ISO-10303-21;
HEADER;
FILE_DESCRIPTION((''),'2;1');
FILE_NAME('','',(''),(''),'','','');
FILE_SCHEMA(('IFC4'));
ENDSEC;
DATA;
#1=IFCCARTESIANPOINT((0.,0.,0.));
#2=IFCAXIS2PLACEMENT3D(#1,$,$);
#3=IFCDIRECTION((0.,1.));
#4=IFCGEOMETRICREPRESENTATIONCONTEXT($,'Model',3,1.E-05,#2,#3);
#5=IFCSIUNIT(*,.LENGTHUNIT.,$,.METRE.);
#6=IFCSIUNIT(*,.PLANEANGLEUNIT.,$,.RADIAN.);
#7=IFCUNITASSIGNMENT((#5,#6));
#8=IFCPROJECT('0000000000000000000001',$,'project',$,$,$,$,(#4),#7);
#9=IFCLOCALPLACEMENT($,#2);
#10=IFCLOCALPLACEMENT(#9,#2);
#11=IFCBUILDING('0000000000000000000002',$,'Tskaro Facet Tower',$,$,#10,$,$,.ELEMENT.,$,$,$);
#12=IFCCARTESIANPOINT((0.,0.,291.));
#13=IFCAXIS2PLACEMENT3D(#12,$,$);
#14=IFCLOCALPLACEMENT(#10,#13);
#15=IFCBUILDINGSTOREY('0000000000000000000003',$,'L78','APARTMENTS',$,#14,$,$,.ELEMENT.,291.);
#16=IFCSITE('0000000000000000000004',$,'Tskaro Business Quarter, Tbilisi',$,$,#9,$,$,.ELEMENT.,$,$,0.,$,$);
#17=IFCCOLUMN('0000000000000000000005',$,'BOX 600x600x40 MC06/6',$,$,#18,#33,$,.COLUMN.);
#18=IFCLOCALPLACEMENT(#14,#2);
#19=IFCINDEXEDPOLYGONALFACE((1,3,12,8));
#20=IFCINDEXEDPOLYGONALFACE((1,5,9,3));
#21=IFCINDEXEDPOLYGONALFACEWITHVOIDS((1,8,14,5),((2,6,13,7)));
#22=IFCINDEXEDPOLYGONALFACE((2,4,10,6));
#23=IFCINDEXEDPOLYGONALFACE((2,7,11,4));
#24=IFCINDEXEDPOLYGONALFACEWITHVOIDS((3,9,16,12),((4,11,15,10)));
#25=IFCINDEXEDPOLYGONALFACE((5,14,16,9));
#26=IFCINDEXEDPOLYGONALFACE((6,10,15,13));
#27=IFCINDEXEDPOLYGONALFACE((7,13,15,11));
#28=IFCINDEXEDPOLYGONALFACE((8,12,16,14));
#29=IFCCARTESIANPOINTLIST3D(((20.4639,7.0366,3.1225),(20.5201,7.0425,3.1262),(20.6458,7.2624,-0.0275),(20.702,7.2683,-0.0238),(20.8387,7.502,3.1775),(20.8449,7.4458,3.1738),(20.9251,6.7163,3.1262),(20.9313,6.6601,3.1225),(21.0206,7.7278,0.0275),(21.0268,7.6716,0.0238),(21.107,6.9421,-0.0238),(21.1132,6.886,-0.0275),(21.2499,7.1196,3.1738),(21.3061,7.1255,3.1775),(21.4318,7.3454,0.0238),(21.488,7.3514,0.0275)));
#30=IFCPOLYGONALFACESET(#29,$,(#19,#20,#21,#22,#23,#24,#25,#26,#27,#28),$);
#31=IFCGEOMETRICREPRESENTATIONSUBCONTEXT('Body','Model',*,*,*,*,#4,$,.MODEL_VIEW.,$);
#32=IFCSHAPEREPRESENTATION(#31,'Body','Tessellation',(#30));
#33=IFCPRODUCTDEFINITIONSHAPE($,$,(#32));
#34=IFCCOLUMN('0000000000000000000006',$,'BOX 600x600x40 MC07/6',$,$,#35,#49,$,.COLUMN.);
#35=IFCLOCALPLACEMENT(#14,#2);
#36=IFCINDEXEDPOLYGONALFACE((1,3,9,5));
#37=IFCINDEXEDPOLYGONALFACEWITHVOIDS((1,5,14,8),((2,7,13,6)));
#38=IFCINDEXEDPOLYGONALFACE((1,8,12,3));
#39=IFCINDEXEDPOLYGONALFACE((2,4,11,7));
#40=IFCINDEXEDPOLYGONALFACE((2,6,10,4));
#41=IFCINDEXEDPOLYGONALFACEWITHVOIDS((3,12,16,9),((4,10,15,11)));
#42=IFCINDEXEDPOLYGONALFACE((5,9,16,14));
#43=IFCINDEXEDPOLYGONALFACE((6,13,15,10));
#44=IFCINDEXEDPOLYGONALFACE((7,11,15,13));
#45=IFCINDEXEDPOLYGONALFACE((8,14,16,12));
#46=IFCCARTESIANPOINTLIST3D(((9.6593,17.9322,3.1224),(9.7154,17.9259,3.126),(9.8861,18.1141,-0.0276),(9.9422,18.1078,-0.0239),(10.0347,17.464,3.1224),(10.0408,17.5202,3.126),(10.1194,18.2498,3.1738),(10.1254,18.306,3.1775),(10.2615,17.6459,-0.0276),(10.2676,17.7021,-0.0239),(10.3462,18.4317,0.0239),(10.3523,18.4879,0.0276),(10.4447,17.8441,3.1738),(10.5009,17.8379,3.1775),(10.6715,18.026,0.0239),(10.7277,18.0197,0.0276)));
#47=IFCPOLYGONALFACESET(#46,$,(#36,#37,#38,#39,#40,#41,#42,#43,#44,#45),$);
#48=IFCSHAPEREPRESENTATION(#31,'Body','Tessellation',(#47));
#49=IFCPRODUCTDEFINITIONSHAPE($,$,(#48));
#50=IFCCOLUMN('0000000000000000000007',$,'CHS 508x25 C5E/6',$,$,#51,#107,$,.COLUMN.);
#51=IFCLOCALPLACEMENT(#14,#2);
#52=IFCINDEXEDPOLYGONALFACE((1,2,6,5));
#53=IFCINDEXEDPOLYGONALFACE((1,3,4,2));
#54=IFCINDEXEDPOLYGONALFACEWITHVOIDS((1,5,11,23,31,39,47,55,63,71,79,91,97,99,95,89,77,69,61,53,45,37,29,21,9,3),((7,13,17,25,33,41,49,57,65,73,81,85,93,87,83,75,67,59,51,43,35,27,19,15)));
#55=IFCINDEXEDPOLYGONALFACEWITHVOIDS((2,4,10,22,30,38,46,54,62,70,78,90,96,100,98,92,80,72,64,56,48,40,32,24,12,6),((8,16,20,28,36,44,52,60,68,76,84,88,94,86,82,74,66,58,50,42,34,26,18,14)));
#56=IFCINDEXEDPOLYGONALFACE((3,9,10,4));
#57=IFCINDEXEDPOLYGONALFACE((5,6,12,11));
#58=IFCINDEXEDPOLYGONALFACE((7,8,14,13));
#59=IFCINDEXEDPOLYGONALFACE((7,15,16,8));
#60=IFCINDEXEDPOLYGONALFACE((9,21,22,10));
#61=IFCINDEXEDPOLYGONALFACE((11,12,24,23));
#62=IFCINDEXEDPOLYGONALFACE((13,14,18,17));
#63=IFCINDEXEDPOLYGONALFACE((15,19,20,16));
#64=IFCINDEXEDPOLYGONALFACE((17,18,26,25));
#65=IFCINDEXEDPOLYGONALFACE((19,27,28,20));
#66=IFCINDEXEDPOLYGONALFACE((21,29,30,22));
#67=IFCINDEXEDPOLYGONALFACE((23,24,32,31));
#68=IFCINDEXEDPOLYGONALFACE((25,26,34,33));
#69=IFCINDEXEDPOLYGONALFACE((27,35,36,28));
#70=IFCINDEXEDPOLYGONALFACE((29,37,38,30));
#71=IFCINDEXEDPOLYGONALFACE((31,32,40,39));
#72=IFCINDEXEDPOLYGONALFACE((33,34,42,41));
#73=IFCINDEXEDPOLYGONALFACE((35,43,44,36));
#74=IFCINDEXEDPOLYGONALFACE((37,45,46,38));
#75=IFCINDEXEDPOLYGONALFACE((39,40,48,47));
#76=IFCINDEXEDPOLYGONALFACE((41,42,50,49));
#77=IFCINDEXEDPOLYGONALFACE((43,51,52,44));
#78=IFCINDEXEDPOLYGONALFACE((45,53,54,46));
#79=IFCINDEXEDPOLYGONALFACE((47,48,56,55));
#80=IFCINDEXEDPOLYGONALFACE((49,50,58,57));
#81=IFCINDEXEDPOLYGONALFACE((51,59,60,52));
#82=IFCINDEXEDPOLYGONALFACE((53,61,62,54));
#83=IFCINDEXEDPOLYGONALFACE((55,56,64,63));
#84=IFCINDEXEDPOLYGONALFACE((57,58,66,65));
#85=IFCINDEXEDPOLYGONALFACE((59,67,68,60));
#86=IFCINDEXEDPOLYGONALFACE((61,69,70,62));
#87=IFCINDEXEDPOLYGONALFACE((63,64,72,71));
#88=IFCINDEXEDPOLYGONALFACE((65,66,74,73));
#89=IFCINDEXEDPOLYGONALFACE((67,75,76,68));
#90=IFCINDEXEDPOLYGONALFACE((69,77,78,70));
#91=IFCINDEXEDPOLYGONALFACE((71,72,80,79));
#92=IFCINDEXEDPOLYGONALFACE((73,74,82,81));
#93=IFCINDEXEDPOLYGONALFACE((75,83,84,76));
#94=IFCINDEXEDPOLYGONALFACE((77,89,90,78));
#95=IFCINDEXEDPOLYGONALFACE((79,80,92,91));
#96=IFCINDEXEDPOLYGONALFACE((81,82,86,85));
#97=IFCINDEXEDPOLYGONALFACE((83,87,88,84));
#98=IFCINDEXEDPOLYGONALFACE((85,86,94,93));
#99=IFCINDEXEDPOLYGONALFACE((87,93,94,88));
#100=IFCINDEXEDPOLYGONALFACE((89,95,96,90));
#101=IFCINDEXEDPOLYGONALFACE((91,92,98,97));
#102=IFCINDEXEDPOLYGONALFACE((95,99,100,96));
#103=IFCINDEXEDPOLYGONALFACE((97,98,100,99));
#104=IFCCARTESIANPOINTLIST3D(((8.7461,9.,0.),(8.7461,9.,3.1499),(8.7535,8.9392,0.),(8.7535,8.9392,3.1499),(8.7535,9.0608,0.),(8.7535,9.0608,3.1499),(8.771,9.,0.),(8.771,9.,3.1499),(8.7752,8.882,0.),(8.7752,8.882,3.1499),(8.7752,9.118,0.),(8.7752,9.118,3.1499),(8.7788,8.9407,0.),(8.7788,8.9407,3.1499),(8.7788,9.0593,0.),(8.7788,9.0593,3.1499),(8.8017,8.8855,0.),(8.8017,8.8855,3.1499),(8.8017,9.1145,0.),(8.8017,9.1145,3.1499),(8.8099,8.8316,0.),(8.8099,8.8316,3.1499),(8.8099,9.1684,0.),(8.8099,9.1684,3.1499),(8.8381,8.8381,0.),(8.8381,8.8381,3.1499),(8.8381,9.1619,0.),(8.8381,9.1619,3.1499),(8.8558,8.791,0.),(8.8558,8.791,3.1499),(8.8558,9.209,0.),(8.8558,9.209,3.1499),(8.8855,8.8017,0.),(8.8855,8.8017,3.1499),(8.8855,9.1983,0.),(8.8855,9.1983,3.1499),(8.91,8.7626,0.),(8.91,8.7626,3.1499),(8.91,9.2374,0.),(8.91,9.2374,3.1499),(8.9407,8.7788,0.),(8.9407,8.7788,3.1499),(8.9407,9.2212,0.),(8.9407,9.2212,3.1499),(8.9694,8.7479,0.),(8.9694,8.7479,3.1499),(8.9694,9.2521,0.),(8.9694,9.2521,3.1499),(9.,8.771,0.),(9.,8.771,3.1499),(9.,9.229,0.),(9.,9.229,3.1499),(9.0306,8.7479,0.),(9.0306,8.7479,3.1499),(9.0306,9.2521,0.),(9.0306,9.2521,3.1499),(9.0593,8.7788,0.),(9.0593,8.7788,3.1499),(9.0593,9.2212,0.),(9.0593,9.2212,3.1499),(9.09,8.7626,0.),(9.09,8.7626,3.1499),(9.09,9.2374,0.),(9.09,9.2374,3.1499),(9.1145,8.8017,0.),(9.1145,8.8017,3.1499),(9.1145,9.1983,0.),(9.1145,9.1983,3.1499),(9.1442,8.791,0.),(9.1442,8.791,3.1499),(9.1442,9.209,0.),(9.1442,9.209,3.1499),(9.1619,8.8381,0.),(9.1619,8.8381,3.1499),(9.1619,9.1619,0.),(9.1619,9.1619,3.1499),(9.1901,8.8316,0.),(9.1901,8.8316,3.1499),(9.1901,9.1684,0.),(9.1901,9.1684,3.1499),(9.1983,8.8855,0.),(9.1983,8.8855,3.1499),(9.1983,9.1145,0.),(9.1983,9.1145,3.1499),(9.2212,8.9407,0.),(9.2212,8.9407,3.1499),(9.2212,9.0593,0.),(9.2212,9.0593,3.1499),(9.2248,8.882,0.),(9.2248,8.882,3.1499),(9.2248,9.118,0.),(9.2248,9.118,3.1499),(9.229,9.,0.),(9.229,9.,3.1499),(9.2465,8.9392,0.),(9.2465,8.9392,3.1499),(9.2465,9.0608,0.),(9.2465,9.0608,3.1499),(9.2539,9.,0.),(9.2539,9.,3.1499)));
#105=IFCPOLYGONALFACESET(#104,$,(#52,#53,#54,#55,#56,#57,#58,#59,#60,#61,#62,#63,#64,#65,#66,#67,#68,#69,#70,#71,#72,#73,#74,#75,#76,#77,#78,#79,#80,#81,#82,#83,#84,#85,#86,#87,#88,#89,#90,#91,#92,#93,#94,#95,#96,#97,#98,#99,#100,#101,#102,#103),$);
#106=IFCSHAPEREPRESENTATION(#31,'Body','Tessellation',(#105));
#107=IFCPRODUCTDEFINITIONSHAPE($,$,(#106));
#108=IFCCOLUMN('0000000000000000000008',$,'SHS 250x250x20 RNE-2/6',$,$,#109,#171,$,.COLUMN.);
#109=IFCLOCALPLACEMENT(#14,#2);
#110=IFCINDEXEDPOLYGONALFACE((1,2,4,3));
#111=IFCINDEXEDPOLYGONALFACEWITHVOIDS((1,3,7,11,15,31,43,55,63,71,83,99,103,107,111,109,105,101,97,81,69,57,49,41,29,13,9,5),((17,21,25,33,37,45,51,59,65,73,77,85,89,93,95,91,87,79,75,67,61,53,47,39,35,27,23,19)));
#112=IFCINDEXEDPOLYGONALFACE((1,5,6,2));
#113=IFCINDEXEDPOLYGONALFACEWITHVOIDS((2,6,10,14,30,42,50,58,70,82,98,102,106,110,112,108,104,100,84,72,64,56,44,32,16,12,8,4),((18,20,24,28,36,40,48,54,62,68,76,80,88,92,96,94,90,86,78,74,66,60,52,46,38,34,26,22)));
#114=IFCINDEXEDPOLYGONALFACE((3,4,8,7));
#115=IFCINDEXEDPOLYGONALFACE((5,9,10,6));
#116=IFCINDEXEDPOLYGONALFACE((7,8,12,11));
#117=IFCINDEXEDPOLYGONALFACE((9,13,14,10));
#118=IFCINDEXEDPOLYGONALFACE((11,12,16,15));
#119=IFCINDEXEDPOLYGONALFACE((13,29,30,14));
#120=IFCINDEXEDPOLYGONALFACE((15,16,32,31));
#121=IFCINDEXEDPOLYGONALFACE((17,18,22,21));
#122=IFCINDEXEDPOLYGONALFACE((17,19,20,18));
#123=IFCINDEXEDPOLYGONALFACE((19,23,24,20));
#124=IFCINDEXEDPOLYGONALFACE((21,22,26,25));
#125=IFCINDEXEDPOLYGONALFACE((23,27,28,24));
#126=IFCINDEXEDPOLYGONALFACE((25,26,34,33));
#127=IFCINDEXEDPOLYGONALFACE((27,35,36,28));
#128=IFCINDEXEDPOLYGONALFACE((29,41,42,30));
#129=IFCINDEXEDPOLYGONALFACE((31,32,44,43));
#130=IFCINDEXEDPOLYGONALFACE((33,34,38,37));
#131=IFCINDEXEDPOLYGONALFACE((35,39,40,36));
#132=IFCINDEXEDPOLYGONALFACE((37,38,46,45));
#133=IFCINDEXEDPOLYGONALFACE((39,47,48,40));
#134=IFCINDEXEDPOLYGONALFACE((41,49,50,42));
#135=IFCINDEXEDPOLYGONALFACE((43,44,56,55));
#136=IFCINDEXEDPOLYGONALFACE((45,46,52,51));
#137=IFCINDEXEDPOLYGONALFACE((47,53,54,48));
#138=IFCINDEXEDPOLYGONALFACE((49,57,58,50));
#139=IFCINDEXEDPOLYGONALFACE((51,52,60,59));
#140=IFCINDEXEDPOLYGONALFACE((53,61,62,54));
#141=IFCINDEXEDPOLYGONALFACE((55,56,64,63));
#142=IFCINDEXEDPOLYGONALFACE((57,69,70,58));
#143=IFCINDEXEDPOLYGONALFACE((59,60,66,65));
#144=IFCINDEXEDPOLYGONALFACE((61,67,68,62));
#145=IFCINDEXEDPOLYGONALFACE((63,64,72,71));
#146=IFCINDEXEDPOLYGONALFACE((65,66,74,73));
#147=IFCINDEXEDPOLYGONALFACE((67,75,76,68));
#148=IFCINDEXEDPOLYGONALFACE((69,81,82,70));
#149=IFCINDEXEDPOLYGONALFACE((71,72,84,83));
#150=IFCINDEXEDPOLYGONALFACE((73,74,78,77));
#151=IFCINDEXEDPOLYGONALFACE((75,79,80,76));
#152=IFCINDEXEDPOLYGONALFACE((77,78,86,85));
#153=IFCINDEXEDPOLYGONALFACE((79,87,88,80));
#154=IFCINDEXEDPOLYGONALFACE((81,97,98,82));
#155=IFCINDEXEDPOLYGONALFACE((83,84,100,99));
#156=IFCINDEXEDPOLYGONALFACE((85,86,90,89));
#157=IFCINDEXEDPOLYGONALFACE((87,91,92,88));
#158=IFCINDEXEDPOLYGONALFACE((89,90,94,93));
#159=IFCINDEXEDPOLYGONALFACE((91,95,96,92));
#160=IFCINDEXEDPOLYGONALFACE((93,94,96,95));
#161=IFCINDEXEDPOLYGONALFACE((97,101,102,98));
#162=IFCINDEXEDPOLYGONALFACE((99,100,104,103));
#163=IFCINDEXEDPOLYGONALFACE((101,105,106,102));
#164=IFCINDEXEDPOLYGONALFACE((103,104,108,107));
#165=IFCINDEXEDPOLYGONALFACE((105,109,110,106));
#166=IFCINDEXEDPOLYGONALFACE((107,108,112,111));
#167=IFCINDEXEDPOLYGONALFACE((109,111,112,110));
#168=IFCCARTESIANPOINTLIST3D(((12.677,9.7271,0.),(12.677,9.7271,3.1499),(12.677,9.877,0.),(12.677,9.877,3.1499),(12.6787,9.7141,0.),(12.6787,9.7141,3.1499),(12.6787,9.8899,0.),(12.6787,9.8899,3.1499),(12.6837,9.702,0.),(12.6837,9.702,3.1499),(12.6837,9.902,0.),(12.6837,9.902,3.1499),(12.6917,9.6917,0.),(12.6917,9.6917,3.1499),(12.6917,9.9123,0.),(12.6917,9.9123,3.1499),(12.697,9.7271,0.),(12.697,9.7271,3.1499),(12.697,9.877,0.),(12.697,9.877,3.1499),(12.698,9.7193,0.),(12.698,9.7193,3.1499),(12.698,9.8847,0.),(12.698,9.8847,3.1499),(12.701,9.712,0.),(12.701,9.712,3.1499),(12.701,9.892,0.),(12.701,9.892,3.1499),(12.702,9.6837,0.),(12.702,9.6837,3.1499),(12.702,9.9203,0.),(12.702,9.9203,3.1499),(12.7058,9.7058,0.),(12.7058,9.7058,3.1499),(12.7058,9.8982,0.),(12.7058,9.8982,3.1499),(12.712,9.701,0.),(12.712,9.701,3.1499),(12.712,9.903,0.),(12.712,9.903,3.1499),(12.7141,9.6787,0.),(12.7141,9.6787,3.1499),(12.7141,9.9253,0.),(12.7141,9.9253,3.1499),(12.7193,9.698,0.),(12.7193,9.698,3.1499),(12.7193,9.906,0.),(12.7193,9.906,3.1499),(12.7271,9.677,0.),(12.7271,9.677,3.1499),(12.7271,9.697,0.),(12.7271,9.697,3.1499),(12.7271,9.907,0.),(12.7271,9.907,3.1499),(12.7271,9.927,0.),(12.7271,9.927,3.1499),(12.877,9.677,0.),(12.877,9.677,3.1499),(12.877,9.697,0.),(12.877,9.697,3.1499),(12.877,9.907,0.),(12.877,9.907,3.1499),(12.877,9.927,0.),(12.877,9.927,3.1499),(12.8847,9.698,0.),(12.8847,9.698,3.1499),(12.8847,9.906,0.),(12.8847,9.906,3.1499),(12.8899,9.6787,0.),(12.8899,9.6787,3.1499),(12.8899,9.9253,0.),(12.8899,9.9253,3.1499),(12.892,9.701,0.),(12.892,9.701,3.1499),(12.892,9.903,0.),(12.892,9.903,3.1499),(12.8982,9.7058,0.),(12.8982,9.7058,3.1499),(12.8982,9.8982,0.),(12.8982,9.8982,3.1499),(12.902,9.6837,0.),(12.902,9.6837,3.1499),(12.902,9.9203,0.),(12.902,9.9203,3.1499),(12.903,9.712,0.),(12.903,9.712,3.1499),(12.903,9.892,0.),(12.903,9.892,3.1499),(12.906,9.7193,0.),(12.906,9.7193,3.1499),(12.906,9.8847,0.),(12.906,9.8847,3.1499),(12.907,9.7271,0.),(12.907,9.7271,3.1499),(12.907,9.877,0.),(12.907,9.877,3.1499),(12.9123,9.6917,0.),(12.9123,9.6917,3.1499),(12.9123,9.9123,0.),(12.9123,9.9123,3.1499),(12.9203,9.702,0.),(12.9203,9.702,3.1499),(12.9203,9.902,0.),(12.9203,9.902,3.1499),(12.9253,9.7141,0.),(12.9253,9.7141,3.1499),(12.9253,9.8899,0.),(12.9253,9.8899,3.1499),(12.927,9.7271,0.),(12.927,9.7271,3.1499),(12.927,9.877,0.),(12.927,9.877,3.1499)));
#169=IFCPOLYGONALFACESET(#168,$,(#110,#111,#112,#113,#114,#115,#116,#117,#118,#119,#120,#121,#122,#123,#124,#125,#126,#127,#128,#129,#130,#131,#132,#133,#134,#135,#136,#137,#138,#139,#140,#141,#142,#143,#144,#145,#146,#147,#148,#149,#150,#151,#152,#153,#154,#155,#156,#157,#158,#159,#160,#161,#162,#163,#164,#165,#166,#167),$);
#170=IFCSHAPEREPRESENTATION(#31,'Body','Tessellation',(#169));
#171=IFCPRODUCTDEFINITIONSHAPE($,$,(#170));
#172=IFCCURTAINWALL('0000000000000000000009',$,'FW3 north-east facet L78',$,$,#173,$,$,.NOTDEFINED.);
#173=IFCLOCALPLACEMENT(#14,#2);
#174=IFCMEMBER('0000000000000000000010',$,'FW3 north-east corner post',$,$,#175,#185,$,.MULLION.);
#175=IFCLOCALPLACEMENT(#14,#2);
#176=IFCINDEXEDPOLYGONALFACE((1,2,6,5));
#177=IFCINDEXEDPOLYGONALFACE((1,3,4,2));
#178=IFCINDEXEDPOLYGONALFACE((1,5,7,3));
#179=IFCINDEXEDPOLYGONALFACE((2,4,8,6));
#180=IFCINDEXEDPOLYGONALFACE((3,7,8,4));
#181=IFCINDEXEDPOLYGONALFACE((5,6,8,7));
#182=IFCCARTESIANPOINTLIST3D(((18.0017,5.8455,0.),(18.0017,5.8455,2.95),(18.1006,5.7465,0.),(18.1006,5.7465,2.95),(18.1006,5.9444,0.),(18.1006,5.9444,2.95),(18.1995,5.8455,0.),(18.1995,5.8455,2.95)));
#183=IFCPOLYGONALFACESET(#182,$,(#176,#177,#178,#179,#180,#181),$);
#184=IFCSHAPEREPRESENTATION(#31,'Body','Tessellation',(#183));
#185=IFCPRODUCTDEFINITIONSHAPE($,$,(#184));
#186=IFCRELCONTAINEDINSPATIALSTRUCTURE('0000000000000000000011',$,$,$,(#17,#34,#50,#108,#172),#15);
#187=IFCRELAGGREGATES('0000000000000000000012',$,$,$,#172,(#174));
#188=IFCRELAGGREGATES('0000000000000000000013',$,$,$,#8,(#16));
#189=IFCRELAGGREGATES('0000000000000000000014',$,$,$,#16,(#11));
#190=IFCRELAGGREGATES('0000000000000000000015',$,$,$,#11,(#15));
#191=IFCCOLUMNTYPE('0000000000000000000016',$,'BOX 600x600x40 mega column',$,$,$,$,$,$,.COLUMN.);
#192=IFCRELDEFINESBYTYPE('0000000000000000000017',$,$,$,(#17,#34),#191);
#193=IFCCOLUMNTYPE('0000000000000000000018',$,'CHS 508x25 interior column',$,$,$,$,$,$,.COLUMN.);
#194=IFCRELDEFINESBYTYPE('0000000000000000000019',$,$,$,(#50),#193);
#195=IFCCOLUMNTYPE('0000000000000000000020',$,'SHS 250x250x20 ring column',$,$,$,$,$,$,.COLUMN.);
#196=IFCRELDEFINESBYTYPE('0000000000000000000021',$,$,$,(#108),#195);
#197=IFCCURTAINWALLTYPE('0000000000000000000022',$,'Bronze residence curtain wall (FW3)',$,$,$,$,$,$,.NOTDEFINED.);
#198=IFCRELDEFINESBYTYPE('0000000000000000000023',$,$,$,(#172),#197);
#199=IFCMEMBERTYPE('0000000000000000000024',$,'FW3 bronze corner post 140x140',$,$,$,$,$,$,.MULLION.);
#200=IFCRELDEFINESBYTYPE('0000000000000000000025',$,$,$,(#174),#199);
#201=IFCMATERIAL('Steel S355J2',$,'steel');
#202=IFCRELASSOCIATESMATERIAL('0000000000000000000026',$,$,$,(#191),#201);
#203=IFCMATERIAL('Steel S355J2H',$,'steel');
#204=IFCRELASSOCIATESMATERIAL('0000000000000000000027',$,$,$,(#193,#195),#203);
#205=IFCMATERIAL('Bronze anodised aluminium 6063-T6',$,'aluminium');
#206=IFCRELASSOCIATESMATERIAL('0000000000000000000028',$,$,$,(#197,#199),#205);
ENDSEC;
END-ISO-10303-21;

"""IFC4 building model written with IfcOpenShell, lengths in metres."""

from ifc_helpers import new_model, si_unit, direction, frame, origin, origin_2d, place, context, subcontext, project, spatial, rectangle, hollow_rectangle, hollow_circle, extrude, material, material_profile, profile_set, type_object, element, aggregate, save


model = new_model("IFC4")

# Units and contexts
model_context = context("Model", 3, precision=1e-05, world=origin(), true_north=direction((0.0, 1.0)))
body_context = subcontext(model_context, "Body", "Model", "MODEL_VIEW")
ifc_project = project(units=[si_unit("LENGTHUNIT", "METRE"), si_unit("PLANEANGLEUNIT", "RADIAN")], contexts=[model_context])

# Site, building, storey
site_placement = place(None, origin())
site = spatial("IfcSite", under=ifc_project, at=site_placement, Name="Tskaro Business Quarter, Tbilisi", CompositionType="ELEMENT", RefElevation=0.0)
building_placement = place(site_placement, origin())
building = spatial("IfcBuilding", under=site, at=building_placement, Name="Tskaro Facet Tower", CompositionType="ELEMENT")
storey_placement = place(building_placement, frame((0.0, 0.0, 291.0)))
storey = spatial("IfcBuildingStorey", under=building, at=storey_placement, Name="L78", Description="APARTMENTS", CompositionType="ELEMENT", Elevation=291.0)

# Columns
ifc_material_1 = material(Name="Steel S355J2", Category="steel")
ifc_material_profile_1 = material_profile(ifc_material_1, hollow_rectangle(XDim=0.6001, YDim=0.6001, WallThickness=0.04, at=origin_2d()), Name="BOX 600x600x40")
ifc_profile_set_1 = profile_set([ifc_material_profile_1], Name="Steel S355J2")
column_type_1 = type_object("IfcColumnType", Name="BOX 600x600x40 mega column", PredefinedType="COLUMN", material=ifc_profile_set_1)
for number, where, z_axis, x_axis, name in (
    (1, (21.0669, 7.3069, 0.0), (-0.0575, -0.071392, 0.99579), (0.778811, -0.627259, 0.0), "BOX 600x600x40 MC06/6"),
    (2, (10.3069, 18.0669, 0.0), (-0.0717, -0.057499, 0.995768), (0.625616, -0.780131, 0.0), "BOX 600x600x40 MC07/6"),
):
    element("IfcColumn", number, at=place(storey_placement, frame(where, z_axis=z_axis, x_axis=x_axis)), inside=storey, type_object=column_type_1, Name=name, PredefinedType="COLUMN", context=body_context, shape_type="SweptSolid", body=[
        extrude(hollow_rectangle(XDim=0.6001, YDim=0.6001, WallThickness=0.04, at=origin_2d()), origin(), (0.0, 0.0, 1.0), 3.1633),
    ])
ifc_material_2 = material(Name="Steel S355J2H", Category="steel")
ifc_material_profile_2 = material_profile(ifc_material_2, hollow_circle(Radius=0.2539, WallThickness=0.0249, at=origin_2d()), Name="CHS 508x25")
ifc_profile_set_2 = profile_set([ifc_material_profile_2], Name="Steel S355J2H")
column_type_2 = type_object("IfcColumnType", Name="CHS 508x25 interior column", PredefinedType="COLUMN", material=ifc_profile_set_2)
column_1_placement = place(storey_placement, frame((9.0, 9.0, 0.0), z_axis=(0.0, 0.0, 1.0), x_axis=(1.0, 0.0, 0.0)))
element("IfcColumn", 3, at=column_1_placement, inside=storey, type_object=column_type_2, Name="CHS 508x25 C5E/6", PredefinedType="COLUMN", context=body_context, shape_type="SweptSolid", body=[
    extrude(hollow_circle(Radius=0.2539, WallThickness=0.0249, at=origin_2d()), origin(), (0.0, 0.0, 1.0), 3.1499),
])
ifc_material_profile_3 = material_profile(ifc_material_2, hollow_rectangle(XDim=0.25, YDim=0.25, WallThickness=0.02, InnerFilletRadius=0.03, OuterFilletRadius=0.05, at=origin_2d()), Name="SHS 250x250x20")
ifc_profile_set_3 = profile_set([ifc_material_profile_3], Name="Steel S355J2H")
column_type_3 = type_object("IfcColumnType", Name="SHS 250x250x20 ring column", PredefinedType="COLUMN", material=ifc_profile_set_3)
column_2_placement = place(storey_placement, frame((12.802, 9.802, 0.0), z_axis=(0.0, 0.0, 1.0), x_axis=(1.0, 0.0, 0.0)))
element("IfcColumn", 4, at=column_2_placement, inside=storey, type_object=column_type_3, Name="SHS 250x250x20 RNE-2/6", PredefinedType="COLUMN", context=body_context, shape_type="SweptSolid", body=[
    extrude(hollow_rectangle(XDim=0.25, YDim=0.25, WallThickness=0.02, InnerFilletRadius=0.03, OuterFilletRadius=0.05, at=origin_2d()), origin(), (0.0, 0.0, 1.0), 3.1499),
])

# Curtain wall, member
ifc_material_3 = material(Name="Bronze anodised aluminium 6063-T6", Category="aluminium")
curtain_wall_type = type_object("IfcCurtainWallType", Name="Bronze residence curtain wall (FW3)", PredefinedType="NOTDEFINED", material=ifc_material_3)
curtain_wall_placement = place(storey_placement, origin())
curtain_wall = element("IfcCurtainWall", 5, at=curtain_wall_placement, inside=storey, type_object=curtain_wall_type, Name="FW3 north-east facet L78", PredefinedType="NOTDEFINED")
ifc_material_profile_4 = material_profile(ifc_material_3, rectangle(XDim=0.1399, YDim=0.1399, at=origin_2d()), Name="Corner post 140x140")
ifc_profile_set_4 = profile_set([ifc_material_profile_4], Name="Bronze anodised aluminium 6063-T6")
member_type_1 = type_object("IfcMemberType", Name="FW3 bronze corner post 140x140", PredefinedType="MULLION", material=ifc_profile_set_4)
member_1_placement = place(storey_placement, frame((18.1006, 5.8455, 0.0), z_axis=(0.0, 0.0, 1.0), x_axis=(-0.707107, 0.707107, 0.0)))
member_1 = element("IfcMember", 6, at=member_1_placement, type_object=member_type_1, Name="FW3 north-east corner post", PredefinedType="MULLION", context=body_context, shape_type="SweptSolid", body=[
    extrude(rectangle(XDim=0.1399, YDim=0.1399, at=origin_2d()), origin(), (0.0, 0.0, 1.0), 2.95),
])

aggregate(curtain_wall, [member_1])

save(model, "model.ifc")
